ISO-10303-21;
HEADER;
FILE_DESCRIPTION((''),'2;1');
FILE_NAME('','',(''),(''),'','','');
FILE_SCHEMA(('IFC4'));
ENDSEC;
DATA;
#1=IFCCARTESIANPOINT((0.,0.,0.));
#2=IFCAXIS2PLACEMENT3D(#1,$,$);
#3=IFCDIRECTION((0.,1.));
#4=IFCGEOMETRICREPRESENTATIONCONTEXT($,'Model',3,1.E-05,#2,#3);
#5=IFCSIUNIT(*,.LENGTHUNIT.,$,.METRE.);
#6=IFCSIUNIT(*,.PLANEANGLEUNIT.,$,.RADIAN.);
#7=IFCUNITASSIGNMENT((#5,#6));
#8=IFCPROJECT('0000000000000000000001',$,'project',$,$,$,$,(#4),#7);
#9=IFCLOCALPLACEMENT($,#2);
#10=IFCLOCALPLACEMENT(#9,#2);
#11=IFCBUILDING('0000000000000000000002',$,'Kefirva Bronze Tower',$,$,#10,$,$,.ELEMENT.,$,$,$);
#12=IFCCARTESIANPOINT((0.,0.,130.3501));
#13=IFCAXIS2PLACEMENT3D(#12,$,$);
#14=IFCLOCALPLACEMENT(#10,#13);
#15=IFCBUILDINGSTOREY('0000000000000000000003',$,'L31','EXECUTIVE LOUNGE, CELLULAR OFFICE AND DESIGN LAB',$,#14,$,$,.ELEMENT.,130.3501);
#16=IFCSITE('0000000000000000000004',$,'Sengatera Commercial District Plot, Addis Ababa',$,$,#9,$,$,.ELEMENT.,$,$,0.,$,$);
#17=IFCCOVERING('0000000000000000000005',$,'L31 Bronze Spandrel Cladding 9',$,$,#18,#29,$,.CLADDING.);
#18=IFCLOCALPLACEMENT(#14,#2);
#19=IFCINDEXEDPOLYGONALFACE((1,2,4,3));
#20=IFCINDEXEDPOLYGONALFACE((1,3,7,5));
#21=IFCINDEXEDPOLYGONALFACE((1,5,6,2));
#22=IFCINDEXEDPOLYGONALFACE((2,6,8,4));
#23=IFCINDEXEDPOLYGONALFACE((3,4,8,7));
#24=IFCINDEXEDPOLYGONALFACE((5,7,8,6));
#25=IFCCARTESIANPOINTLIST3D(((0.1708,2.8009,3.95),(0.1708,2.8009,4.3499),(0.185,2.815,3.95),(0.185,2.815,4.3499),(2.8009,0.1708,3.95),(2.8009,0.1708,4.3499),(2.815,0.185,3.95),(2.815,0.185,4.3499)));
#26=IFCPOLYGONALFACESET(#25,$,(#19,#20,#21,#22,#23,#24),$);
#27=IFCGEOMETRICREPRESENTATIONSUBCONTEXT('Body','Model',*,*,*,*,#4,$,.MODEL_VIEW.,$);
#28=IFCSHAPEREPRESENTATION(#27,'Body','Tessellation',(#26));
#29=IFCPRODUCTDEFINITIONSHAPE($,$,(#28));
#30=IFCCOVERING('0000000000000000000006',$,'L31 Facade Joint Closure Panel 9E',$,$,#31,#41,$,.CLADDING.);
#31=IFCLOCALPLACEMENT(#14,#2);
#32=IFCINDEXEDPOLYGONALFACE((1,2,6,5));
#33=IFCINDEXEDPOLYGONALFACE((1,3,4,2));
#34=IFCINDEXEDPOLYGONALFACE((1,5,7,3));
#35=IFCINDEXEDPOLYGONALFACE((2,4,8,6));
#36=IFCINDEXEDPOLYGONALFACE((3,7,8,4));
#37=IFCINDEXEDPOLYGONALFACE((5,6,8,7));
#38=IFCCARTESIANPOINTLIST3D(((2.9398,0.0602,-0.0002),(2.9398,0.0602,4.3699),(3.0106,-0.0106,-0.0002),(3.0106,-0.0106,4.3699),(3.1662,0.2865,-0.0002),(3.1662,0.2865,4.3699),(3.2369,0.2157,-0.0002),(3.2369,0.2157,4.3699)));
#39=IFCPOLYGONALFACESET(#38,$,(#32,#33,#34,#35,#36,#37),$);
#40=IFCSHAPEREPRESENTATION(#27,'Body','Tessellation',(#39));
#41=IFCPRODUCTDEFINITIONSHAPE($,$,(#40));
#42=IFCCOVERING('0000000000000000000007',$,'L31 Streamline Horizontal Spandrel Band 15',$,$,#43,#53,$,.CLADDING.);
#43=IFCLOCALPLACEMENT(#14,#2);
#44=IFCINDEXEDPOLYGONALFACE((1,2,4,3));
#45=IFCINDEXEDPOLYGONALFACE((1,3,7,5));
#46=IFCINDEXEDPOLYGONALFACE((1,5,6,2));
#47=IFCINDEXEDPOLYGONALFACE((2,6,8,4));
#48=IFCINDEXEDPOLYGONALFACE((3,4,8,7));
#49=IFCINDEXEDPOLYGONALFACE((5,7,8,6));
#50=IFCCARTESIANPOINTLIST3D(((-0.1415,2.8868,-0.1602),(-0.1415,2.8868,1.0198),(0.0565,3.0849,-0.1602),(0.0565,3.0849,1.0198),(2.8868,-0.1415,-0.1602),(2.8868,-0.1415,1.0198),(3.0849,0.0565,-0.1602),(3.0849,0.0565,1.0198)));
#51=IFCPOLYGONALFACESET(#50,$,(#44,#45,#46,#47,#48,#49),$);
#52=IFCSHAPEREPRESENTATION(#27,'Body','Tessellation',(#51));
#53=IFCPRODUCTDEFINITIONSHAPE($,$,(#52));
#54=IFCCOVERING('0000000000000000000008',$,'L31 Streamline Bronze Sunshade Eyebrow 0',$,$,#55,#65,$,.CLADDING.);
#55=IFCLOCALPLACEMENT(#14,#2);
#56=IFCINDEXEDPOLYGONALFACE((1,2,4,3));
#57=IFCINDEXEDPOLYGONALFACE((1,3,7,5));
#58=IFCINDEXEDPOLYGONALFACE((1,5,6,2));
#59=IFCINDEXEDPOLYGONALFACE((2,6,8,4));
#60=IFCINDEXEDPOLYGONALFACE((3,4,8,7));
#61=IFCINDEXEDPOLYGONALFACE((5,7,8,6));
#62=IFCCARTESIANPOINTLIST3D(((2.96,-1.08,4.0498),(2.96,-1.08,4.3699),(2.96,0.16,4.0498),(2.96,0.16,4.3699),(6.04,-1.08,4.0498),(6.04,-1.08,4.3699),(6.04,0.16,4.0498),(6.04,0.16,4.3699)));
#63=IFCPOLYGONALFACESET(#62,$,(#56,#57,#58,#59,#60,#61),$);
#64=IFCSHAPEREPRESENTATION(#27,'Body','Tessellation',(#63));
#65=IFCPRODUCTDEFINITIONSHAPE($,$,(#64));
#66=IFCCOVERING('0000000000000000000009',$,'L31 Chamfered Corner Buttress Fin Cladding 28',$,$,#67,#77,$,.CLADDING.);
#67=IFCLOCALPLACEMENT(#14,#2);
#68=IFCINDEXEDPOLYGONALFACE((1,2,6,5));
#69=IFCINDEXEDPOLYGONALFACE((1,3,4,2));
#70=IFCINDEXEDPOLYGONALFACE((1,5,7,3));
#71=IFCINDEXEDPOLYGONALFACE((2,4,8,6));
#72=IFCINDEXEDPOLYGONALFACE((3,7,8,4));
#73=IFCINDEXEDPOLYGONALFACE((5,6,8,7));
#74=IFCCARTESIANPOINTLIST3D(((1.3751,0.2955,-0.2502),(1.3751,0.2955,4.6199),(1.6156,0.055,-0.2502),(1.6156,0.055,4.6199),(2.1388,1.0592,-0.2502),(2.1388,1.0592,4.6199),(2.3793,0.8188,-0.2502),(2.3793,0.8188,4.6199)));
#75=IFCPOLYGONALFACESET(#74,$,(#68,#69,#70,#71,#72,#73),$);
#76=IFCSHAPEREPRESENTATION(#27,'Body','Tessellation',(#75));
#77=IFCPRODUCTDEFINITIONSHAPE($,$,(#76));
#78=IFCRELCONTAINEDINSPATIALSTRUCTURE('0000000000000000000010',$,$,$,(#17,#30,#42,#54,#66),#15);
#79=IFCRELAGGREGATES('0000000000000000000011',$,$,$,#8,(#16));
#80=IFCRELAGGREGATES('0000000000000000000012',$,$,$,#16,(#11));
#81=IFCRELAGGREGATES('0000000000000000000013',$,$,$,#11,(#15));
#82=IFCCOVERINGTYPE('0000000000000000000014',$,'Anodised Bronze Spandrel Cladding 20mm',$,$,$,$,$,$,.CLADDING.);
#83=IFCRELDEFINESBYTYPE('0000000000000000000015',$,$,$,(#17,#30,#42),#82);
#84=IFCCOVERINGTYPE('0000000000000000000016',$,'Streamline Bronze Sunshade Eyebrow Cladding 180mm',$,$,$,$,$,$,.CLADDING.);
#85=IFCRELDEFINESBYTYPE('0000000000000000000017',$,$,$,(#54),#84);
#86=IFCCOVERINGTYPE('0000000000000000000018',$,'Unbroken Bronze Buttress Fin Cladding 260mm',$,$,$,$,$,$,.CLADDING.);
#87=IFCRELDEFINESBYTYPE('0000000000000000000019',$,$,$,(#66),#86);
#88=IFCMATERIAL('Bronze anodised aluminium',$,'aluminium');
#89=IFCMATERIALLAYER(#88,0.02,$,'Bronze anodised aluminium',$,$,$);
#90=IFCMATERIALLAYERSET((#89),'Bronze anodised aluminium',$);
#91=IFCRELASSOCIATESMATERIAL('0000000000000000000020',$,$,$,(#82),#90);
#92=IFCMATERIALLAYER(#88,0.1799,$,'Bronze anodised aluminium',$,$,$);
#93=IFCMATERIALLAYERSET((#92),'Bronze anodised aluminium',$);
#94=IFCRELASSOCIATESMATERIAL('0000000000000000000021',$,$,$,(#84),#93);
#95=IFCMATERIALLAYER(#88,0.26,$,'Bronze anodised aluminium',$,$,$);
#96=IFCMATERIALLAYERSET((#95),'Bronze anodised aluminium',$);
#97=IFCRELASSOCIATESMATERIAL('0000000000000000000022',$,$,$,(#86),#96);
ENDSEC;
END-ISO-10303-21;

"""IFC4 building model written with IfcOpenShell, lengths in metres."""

from ifc_helpers import new_model, si_unit, direction, frame, origin, origin_2d, place, context, subcontext, project, spatial, rectangle, extrude, material, layer, layer_set, type_object, element, save


model = new_model("IFC4")

# Units and contexts
model_context = context("Model", 3, precision=1e-05, world=origin(), true_north=direction((0.0, 1.0)))
body_context = subcontext(model_context, "Body", "Model", "MODEL_VIEW")
ifc_project = project(units=[si_unit("LENGTHUNIT", "METRE"), si_unit("PLANEANGLEUNIT", "RADIAN")], contexts=[model_context])

# Site, building, storey
site_placement = place(None, origin())
site = spatial("IfcSite", under=ifc_project, at=site_placement, Name="Sengatera Commercial District Plot, Addis Ababa", CompositionType="ELEMENT", RefElevation=0.0)
building_placement = place(site_placement, origin())
building = spatial("IfcBuilding", under=site, at=building_placement, Name="Kefirva Bronze Tower", CompositionType="ELEMENT")
storey_placement = place(building_placement, frame((0.0, 0.0, 130.3501)))
storey = spatial("IfcBuildingStorey", under=building, at=storey_placement, Name="L31", Description="EXECUTIVE LOUNGE, CELLULAR OFFICE AND DESIGN LAB", CompositionType="ELEMENT", Elevation=130.3501)

# Coverings
ifc_material_1 = material(Name="Bronze anodised aluminium", Category="aluminium")
ifc_layer_1 = layer(ifc_material_1, 0.02, Name="Bronze anodised aluminium")
ifc_layer_set_1 = layer_set([ifc_layer_1], Name="Bronze anodised aluminium")
covering_type_1 = type_object("IfcCoveringType", Name="Anodised Bronze Spandrel Cladding 20mm", PredefinedType="CLADDING", material=ifc_layer_set_1)
covering_1_placement = place(storey_placement, frame((1.4929, 1.4929, 3.95), z_axis=(0.0, 0.0, 1.0), x_axis=(0.707107, -0.707107, 0.0)))
element("IfcCovering", 1, at=covering_1_placement, inside=storey, type_object=covering_type_1, Name="L31 Bronze Spandrel Cladding 9", PredefinedType="CLADDING", context=body_context, shape_type="SweptSolid", body=[
    extrude(rectangle(XDim=3.7195, YDim=0.02, at=origin_2d()), origin(), (0.0, 0.0, 1.0), 0.3999),
])
covering_2_placement = place(storey_placement, frame((3.0884, 0.1379, -0.0002), z_axis=(0.0, 0.0, 1.0), x_axis=(0.707107, -0.707107, 0.0)))
element("IfcCovering", 2, at=covering_2_placement, inside=storey, type_object=covering_type_1, Name="L31 Facade Joint Closure Panel 9E", PredefinedType="CLADDING", context=body_context, shape_type="SweptSolid", body=[
    extrude(rectangle(XDim=0.1001, YDim=0.3201, at=origin_2d()), origin(), (0.0, 0.0, 1.0), 4.3701),
])
covering_3_placement = place(storey_placement, frame((1.4717, 1.4717, -0.1602), z_axis=(0.0, 0.0, 1.0), x_axis=(0.707107, -0.707107, 0.0)))
element("IfcCovering", 3, at=covering_3_placement, inside=storey, type_object=covering_type_1, Name="L31 Streamline Horizontal Spandrel Band 15", PredefinedType="CLADDING", context=body_context, shape_type="SweptSolid", body=[
    extrude(rectangle(XDim=4.2827, YDim=0.28, at=origin_2d()), origin(), (0.0, 0.0, 1.0), 1.1799),
])
ifc_layer_2 = layer(ifc_material_1, 0.1799, Name="Bronze anodised aluminium")
ifc_layer_set_2 = layer_set([ifc_layer_2], Name="Bronze anodised aluminium")
covering_type_2 = type_object("IfcCoveringType", Name="Streamline Bronze Sunshade Eyebrow Cladding 180mm", PredefinedType="CLADDING", material=ifc_layer_set_2)
covering_4_placement = place(storey_placement, frame((4.5, -0.46, 4.0498), z_axis=(0.0, 0.0, 1.0), x_axis=(1.0, 0.0, 0.0)))
element("IfcCovering", 4, at=covering_4_placement, inside=storey, type_object=covering_type_2, Name="L31 Streamline Bronze Sunshade Eyebrow 0", PredefinedType="CLADDING", context=body_context, shape_type="SweptSolid", body=[
    extrude(rectangle(XDim=3.0801, YDim=1.24, at=origin_2d()), origin(), (0.0, 0.0, 1.0), 0.3201),
])
ifc_layer_3 = layer(ifc_material_1, 0.26, Name="Bronze anodised aluminium")
ifc_layer_set_3 = layer_set([ifc_layer_3], Name="Bronze anodised aluminium")
covering_type_3 = type_object("IfcCoveringType", Name="Unbroken Bronze Buttress Fin Cladding 260mm", PredefinedType="CLADDING", material=ifc_layer_set_3)
covering_5_placement = place(storey_placement, frame((1.8772, 0.5571, -0.2502), z_axis=(0.0, 0.0, 1.0), x_axis=(0.707107, -0.707107, 0.0)))
element("IfcCovering", 5, at=covering_5_placement, inside=storey, type_object=covering_type_3, Name="L31 Chamfered Corner Buttress Fin Cladding 28", PredefinedType="CLADDING", context=body_context, shape_type="SweptSolid", body=[
    extrude(rectangle(XDim=0.3401, YDim=1.0801, at=origin_2d()), origin(), (0.0, 0.0, 1.0), 4.8701),
])

save(model, "model.ifc")
